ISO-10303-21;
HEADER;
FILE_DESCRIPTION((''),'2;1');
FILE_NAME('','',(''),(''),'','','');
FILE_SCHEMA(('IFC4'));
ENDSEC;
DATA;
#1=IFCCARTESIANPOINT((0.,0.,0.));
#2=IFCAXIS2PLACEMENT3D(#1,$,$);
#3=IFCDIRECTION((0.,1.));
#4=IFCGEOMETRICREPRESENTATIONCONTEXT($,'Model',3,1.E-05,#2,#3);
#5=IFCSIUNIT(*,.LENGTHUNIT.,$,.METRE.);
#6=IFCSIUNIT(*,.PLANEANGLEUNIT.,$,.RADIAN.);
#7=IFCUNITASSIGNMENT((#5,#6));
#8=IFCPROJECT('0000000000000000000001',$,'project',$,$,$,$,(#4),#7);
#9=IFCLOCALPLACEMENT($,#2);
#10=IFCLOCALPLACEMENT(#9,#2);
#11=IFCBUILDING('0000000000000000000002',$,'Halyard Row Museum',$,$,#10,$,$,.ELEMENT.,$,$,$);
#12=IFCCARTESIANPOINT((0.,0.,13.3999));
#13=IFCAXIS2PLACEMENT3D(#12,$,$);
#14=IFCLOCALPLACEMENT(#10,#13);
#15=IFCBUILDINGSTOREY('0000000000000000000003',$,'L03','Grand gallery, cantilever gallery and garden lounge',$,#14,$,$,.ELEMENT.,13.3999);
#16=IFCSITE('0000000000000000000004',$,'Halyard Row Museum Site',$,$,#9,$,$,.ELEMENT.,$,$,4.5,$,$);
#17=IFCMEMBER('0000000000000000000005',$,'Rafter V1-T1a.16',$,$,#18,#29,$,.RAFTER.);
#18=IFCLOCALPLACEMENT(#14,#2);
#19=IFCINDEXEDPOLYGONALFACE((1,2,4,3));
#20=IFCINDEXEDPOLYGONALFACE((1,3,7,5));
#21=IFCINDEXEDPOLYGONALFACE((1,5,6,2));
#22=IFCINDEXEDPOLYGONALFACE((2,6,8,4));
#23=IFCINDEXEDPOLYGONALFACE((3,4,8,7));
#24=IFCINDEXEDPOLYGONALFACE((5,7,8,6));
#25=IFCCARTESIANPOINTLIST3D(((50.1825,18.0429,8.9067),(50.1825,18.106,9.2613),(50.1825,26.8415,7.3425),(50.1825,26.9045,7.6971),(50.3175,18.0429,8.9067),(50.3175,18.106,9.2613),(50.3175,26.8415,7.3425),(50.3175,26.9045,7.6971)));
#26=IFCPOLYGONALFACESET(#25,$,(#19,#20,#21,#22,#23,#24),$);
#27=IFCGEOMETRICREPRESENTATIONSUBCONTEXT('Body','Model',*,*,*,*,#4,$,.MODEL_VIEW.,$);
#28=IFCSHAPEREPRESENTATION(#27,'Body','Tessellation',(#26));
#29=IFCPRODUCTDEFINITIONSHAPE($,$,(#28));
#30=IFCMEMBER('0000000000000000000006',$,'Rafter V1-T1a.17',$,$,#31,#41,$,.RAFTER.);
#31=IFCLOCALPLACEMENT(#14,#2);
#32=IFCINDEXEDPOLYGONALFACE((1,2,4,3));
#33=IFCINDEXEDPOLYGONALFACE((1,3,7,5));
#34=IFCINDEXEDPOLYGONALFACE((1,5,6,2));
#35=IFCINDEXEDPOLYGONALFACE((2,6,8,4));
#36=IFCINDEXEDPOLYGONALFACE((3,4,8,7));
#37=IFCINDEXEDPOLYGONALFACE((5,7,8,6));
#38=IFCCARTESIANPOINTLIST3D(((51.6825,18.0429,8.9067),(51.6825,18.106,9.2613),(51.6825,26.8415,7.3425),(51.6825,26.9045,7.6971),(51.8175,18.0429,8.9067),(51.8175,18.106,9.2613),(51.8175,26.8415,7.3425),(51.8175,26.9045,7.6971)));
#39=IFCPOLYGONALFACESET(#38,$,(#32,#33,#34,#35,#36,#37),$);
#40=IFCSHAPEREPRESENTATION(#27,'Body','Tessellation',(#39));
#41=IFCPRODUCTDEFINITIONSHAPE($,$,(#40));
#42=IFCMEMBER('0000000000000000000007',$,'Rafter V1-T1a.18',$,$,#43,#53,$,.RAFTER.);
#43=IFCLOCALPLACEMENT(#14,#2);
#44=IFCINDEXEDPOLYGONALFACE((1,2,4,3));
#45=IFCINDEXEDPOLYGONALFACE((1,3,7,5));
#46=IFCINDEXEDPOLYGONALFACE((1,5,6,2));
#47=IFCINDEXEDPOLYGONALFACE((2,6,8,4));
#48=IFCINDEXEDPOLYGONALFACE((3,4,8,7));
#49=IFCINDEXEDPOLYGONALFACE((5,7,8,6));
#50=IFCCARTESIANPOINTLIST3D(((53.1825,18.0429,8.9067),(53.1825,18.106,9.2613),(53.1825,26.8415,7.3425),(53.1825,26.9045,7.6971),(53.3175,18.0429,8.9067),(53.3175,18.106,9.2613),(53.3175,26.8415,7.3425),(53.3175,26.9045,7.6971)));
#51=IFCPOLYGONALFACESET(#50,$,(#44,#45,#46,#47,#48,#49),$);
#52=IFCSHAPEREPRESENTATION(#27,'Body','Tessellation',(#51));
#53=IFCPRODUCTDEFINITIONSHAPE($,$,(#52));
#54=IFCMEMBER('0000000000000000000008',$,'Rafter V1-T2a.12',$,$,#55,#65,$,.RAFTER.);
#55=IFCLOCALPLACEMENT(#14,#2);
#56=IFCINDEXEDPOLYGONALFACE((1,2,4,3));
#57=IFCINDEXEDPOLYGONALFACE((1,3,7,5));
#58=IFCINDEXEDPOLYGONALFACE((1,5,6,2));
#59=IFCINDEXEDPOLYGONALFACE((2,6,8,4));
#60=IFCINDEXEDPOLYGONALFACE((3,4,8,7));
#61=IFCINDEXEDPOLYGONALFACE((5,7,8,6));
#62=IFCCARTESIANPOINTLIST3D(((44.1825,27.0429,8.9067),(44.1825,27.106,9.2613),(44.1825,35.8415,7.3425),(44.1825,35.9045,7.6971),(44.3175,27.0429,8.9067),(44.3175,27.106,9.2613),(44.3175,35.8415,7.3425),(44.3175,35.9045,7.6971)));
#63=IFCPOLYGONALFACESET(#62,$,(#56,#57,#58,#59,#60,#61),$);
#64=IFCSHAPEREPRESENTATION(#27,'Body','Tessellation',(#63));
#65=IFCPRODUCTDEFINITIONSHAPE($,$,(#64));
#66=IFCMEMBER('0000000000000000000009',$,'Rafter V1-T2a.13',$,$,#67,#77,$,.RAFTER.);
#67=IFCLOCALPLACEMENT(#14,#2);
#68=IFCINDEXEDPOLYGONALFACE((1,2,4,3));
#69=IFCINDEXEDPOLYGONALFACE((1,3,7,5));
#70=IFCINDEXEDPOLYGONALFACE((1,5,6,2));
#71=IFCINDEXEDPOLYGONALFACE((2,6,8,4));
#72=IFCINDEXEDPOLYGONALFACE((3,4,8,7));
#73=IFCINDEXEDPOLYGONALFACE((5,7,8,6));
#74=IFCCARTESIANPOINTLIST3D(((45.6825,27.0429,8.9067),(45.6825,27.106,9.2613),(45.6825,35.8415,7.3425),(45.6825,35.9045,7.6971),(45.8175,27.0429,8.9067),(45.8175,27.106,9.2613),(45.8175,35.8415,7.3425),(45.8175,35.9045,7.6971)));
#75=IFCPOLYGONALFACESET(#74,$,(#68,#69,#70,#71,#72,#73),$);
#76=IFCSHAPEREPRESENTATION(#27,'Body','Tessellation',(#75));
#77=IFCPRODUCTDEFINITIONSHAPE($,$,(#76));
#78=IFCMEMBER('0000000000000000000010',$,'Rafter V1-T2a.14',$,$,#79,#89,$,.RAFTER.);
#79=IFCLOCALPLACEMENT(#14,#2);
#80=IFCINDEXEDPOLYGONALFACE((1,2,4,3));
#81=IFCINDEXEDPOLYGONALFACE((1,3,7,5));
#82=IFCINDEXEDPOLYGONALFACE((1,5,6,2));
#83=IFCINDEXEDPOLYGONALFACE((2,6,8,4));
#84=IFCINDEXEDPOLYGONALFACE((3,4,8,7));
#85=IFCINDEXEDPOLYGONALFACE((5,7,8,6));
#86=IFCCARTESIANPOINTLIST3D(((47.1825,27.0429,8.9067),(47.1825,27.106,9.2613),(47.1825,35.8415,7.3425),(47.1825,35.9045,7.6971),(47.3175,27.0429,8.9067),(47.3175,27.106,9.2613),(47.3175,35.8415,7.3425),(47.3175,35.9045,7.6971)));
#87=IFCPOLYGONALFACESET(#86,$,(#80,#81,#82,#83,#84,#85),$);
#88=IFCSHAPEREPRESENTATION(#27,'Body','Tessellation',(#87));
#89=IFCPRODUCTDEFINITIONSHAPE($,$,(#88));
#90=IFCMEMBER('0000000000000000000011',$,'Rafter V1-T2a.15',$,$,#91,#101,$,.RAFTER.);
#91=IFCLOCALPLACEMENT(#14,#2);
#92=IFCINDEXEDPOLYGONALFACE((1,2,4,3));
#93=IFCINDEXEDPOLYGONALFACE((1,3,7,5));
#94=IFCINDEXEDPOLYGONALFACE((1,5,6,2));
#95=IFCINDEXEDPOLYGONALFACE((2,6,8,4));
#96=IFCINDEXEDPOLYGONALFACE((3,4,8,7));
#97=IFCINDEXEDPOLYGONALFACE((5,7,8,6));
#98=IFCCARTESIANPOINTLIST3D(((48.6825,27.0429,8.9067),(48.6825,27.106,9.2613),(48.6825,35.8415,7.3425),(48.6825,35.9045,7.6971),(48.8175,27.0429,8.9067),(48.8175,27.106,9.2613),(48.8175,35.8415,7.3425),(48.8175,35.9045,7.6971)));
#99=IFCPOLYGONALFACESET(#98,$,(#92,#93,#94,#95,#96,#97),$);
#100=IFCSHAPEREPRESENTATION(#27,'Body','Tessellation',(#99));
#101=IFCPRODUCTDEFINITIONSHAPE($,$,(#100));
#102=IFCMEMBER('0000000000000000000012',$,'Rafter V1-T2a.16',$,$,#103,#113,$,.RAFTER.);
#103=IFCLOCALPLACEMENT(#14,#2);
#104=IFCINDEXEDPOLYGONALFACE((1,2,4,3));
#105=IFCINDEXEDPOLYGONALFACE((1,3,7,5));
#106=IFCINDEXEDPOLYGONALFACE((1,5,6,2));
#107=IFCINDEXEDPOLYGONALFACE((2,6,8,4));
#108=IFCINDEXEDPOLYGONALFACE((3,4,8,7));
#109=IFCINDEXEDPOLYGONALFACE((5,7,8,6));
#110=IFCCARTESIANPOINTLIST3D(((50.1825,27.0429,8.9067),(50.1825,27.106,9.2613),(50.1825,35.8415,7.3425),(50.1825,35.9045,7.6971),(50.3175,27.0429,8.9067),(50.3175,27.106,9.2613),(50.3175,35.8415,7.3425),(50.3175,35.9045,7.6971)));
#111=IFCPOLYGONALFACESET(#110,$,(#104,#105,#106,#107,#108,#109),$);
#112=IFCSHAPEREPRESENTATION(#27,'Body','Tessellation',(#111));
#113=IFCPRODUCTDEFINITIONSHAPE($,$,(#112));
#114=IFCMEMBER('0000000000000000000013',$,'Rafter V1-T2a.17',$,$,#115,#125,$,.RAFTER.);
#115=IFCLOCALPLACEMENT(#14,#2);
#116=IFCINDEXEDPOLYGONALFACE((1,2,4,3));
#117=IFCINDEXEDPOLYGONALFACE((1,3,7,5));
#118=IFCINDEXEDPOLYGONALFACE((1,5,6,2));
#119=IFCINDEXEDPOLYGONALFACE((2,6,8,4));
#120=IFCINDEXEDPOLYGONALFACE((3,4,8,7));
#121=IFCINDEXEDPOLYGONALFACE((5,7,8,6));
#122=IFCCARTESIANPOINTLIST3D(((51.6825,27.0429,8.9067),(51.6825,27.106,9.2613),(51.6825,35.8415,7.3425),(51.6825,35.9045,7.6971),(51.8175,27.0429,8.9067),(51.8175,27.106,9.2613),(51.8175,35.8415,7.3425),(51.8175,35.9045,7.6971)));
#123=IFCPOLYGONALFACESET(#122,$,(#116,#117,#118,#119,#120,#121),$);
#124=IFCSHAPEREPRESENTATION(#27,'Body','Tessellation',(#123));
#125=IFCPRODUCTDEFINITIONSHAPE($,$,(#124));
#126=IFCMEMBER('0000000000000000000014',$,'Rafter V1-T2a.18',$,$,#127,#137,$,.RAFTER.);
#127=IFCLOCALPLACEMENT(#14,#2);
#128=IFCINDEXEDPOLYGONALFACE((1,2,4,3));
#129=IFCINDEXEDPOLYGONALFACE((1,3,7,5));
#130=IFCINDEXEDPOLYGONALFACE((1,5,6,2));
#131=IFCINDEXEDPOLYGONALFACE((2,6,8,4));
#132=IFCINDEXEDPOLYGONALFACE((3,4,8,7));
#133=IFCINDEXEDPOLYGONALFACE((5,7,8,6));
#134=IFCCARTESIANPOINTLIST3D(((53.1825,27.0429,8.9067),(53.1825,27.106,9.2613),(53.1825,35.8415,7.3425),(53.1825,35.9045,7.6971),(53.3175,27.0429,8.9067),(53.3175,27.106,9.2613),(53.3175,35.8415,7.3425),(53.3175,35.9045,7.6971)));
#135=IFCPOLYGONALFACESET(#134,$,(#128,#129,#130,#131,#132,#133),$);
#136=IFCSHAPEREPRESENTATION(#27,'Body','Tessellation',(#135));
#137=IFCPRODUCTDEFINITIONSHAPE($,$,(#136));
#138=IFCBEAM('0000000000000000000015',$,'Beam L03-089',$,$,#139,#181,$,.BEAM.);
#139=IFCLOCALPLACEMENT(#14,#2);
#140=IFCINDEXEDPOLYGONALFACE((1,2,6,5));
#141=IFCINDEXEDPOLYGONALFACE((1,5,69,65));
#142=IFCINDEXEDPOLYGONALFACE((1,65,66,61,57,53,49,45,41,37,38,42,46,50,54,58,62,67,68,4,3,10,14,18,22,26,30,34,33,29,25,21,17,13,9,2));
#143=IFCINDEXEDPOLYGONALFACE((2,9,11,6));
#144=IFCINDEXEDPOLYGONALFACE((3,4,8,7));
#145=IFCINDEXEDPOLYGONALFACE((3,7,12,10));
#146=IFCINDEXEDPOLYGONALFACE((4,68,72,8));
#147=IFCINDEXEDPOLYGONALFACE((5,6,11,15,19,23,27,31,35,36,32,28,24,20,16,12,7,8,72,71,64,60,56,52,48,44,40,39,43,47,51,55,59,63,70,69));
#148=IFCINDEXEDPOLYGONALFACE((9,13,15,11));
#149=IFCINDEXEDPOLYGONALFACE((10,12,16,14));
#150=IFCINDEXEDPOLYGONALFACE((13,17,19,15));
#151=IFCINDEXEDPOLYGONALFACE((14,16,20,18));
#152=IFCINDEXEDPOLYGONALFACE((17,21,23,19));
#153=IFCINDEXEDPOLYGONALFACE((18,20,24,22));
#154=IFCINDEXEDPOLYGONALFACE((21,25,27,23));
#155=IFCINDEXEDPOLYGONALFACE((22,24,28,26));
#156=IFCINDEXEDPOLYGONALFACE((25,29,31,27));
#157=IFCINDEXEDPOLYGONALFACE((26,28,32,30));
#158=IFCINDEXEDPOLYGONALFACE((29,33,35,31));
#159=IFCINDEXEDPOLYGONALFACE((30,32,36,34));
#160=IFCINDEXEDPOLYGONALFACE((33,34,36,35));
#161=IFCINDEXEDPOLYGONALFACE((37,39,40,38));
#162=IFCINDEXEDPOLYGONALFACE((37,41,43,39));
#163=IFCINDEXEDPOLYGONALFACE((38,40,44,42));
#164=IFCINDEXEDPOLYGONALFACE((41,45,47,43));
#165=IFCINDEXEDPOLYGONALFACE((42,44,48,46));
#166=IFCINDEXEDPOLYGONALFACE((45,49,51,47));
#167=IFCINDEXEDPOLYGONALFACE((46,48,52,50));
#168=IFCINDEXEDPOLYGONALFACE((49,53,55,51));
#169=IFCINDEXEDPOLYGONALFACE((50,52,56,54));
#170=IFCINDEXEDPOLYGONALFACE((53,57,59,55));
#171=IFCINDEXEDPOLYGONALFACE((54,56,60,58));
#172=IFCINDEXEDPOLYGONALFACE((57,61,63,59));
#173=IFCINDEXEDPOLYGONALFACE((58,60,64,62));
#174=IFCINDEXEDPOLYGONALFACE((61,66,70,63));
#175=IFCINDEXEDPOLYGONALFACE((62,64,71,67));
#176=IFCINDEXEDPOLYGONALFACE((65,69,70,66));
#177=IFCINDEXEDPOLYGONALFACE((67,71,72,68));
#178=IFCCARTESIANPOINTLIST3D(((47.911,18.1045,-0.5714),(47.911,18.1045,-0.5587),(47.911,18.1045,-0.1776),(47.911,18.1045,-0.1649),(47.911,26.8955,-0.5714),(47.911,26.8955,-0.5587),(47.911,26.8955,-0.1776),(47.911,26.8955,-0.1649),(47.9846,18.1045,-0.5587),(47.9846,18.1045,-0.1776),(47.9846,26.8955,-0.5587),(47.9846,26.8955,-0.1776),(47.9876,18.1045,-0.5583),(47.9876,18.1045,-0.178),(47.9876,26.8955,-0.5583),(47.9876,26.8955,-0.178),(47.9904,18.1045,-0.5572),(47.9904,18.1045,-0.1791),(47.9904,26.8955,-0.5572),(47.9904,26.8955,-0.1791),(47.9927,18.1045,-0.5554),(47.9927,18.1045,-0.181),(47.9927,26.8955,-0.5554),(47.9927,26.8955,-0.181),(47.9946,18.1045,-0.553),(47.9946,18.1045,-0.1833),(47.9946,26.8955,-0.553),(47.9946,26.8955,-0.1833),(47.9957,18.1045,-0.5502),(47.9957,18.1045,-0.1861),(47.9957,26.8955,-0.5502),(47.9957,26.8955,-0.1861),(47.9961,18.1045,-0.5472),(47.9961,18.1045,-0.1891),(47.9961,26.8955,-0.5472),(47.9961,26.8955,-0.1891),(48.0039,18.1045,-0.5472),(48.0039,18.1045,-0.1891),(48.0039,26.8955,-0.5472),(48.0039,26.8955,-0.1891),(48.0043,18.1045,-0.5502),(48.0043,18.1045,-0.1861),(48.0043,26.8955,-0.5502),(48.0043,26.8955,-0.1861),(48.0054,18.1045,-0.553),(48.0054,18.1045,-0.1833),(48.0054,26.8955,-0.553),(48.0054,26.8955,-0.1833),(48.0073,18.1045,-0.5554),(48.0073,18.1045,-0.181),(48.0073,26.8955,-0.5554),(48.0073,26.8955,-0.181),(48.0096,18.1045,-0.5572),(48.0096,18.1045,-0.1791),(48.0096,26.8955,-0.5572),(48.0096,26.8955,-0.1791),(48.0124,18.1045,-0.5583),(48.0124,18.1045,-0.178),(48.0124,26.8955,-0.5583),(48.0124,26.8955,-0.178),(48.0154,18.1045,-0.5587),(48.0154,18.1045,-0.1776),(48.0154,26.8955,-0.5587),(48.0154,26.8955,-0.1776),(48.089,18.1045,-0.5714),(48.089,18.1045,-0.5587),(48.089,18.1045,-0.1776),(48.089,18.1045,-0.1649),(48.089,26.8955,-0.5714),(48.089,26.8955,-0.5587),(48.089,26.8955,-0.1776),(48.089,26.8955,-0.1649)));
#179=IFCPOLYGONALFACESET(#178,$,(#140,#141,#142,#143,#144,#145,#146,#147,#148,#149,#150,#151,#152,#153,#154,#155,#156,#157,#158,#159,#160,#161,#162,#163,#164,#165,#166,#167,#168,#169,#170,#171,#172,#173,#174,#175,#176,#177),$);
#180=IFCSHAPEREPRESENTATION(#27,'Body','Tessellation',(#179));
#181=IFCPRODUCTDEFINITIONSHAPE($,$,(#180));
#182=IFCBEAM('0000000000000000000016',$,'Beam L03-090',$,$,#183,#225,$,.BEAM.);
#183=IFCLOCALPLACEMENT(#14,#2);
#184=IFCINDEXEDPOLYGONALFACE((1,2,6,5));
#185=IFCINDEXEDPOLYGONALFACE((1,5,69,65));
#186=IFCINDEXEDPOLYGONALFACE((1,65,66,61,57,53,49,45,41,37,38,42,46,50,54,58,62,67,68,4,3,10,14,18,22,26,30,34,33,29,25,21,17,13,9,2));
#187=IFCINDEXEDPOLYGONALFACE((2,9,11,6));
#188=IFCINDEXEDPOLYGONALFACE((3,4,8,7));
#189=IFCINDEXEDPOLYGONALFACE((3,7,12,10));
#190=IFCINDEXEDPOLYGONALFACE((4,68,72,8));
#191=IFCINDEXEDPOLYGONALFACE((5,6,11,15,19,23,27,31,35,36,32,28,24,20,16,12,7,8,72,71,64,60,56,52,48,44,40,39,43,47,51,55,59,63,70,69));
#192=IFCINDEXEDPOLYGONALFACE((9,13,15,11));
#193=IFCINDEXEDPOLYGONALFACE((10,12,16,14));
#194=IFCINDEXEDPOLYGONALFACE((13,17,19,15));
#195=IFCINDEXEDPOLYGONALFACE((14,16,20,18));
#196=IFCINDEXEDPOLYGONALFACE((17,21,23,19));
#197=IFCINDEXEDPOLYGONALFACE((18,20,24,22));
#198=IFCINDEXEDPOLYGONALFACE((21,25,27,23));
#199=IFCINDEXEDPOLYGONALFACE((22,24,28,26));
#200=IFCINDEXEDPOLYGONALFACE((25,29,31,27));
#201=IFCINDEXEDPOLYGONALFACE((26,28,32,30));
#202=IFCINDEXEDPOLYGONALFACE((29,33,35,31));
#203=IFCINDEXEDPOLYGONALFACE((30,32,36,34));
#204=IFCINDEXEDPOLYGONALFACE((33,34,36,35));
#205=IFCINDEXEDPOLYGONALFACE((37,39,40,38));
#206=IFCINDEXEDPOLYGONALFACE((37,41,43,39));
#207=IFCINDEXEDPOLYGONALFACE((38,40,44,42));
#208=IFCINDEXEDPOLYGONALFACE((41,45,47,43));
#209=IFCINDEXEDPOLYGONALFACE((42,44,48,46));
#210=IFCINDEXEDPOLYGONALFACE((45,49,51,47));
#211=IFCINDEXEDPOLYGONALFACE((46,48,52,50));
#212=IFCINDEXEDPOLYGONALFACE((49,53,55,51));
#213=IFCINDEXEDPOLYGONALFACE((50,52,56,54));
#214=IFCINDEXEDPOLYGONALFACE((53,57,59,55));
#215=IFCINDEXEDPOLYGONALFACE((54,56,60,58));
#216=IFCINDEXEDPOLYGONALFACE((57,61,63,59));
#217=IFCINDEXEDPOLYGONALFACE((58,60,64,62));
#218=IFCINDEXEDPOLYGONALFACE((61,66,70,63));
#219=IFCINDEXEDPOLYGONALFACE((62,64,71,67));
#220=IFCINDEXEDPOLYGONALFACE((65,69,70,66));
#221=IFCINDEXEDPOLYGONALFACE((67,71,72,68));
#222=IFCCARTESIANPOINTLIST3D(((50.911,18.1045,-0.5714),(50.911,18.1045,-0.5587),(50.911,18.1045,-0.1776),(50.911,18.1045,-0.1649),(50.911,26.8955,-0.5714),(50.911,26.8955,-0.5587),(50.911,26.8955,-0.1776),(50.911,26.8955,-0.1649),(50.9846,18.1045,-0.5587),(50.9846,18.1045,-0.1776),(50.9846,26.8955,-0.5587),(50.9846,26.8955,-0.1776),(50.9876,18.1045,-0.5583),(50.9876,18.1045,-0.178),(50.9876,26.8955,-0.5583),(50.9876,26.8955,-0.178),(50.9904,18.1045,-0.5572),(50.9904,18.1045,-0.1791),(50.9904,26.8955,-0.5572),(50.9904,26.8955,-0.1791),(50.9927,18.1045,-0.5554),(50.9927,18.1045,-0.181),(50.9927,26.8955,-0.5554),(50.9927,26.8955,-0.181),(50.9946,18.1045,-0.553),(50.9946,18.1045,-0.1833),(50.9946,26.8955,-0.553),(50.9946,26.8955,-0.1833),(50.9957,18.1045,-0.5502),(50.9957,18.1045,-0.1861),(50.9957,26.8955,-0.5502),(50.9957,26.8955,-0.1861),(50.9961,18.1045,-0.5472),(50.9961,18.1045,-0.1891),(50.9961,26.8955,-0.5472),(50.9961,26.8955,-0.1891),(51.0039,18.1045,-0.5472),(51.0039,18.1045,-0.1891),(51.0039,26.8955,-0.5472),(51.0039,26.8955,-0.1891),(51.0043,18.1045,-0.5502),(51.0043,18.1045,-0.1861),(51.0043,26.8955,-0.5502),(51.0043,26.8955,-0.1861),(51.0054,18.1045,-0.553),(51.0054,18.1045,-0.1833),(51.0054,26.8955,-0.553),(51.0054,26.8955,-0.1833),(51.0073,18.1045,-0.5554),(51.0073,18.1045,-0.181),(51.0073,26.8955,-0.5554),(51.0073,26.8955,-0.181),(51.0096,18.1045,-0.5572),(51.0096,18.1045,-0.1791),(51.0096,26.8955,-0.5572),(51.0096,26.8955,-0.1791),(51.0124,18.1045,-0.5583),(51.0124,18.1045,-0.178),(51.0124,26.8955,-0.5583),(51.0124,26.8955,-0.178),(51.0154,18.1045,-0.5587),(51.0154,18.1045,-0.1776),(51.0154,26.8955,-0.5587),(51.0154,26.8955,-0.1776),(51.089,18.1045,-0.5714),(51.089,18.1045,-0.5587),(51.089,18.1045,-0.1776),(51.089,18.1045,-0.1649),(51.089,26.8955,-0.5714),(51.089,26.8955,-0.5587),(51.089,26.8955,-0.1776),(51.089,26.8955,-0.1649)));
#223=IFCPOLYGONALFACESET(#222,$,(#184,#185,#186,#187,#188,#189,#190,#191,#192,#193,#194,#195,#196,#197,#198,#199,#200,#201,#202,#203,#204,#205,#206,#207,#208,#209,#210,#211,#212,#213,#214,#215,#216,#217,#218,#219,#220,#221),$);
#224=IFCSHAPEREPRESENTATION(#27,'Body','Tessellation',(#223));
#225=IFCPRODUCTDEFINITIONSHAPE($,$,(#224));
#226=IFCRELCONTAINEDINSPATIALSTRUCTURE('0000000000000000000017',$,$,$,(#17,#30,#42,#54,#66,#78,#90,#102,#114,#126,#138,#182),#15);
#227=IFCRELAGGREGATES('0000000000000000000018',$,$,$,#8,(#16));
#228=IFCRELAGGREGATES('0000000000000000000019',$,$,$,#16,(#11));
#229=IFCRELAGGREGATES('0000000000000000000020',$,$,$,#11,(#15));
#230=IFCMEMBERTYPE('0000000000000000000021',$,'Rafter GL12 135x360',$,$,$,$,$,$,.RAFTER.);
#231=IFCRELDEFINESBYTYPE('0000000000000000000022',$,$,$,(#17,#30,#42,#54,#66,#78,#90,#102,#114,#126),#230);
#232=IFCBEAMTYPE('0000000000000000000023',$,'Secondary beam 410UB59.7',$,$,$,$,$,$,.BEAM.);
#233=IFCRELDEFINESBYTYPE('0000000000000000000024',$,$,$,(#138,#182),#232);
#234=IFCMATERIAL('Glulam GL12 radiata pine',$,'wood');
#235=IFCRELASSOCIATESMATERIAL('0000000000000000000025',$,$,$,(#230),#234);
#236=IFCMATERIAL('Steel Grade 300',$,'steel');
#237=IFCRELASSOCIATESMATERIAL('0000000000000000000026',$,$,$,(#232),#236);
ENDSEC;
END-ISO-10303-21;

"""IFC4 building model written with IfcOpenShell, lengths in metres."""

from ifc_helpers import new_model, si_unit, direction, frame, origin, origin_2d, place, context, subcontext, project, spatial, rectangle, i_section, extrude, material, material_profile, profile_set, type_object, element, save


model = new_model("IFC4")

# Units and contexts
model_context = context("Model", 3, precision=1e-05, world=origin(), true_north=direction((0.0, 1.0)))
body_context = subcontext(model_context, "Body", "Model", "MODEL_VIEW")
ifc_project = project(units=[si_unit("LENGTHUNIT", "METRE"), si_unit("PLANEANGLEUNIT", "RADIAN")], contexts=[model_context])

# Site, building, storey
site_placement = place(None, origin())
site = spatial("IfcSite", under=ifc_project, at=site_placement, Name="Halyard Row Museum Site", CompositionType="ELEMENT", RefElevation=4.5)
building_placement = place(site_placement, origin())
building = spatial("IfcBuilding", under=site, at=building_placement, Name="Halyard Row Museum", CompositionType="ELEMENT")
storey_placement = place(building_placement, frame((0.0, 0.0, 13.3999)))
storey = spatial("IfcBuildingStorey", under=building, at=storey_placement, Name="L03", Description="Grand gallery, cantilever gallery and garden lounge", CompositionType="ELEMENT", Elevation=13.3999)

# Members
ifc_material_1 = material(Name="Glulam GL12 radiata pine", Category="wood")
ifc_material_profile_1 = material_profile(ifc_material_1, rectangle(XDim=0.135, YDim=0.3601, at=origin_2d()), Name="GL12 135x360")
ifc_profile_set_1 = profile_set([ifc_material_profile_1], Name="Glulam GL12 radiata pine")
member_type_1 = type_object("IfcMemberType", Name="Rafter GL12 135x360", PredefinedType="RAFTER", material=ifc_profile_set_1)
for number, where, z_axis, x_axis, name in (
    (1, (50.25, 18.0745, 9.084), (0.0, 0.984562, -0.175035), (-1.0, 0.0, 0.0), "Rafter V1-T1a.16"),
    (2, (51.75, 18.0745, 9.084), (0.0, 0.984562, -0.175035), (-1.0, 0.0, 0.0), "Rafter V1-T1a.17"),
    (3, (53.25, 18.0745, 9.084), (0.0, 0.984562, -0.175035), (-1.0, 0.0, 0.0), "Rafter V1-T1a.18"),
    (4, (44.25, 27.0745, 9.084), (0.0, 0.984562, -0.175035), (-1.0, 0.0, 0.0), "Rafter V1-T2a.12"),
    (5, (45.75, 27.0745, 9.084), (0.0, 0.984562, -0.175035), (-1.0, 0.0, 0.0), "Rafter V1-T2a.13"),
    (6, (47.25, 27.0745, 9.084), (0.0, 0.984562, -0.175035), (-1.0, 0.0, 0.0), "Rafter V1-T2a.14"),
    (7, (48.75, 27.0745, 9.084), (0.0, 0.984562, -0.175035), (-1.0, 0.0, 0.0), "Rafter V1-T2a.15"),
    (8, (50.25, 27.0745, 9.084), (0.0, 0.984562, -0.175035), (-1.0, 0.0, 0.0), "Rafter V1-T2a.16"),
    (9, (51.75, 27.0745, 9.084), (0.0, 0.984562, -0.175035), (-1.0, 0.0, 0.0), "Rafter V1-T2a.17"),
    (10, (53.25, 27.0745, 9.084), (0.0, 0.984562, -0.175035), (-1.0, 0.0, 0.0), "Rafter V1-T2a.18"),
):
    element("IfcMember", number, at=place(storey_placement, frame(where, z_axis=z_axis, x_axis=x_axis)), inside=storey, type_object=member_type_1, Name=name, PredefinedType="RAFTER", context=body_context, shape_type="SweptSolid", body=[
        extrude(rectangle(XDim=0.135, YDim=0.3601, at=origin_2d()), origin(), (0.0, 0.0, 1.0), 8.9365),
    ])

# Beams
ifc_material_2 = material(Name="Steel Grade 300", Category="steel")
ifc_material_profile_2 = material_profile(ifc_material_2, i_section(OverallWidth=0.178, OverallDepth=0.4065, WebThickness=0.0078, FlangeThickness=0.0127, FilletRadius=0.0115, at=origin_2d()), Name="410UB59.7")
ifc_profile_set_2 = profile_set([ifc_material_profile_2], Name="Steel Grade 300")
beam_type_1 = type_object("IfcBeamType", Name="Secondary beam 410UB59.7", PredefinedType="BEAM", material=ifc_profile_set_2)
for number, where, z_axis, x_axis, name in (
    (11, (48.0, 18.1045, -0.3682), (0.0, 1.0, 0.0), (-1.0, 0.0, 0.0), "Beam L03-089"),
    (12, (51.0, 18.1045, -0.3682), (0.0, 1.0, 0.0), (-1.0, 0.0, 0.0), "Beam L03-090"),
):
    element("IfcBeam", number, at=place(storey_placement, frame(where, z_axis=z_axis, x_axis=x_axis)), inside=storey, type_object=beam_type_1, Name=name, PredefinedType="BEAM", context=body_context, shape_type="SweptSolid", body=[
        extrude(i_section(OverallWidth=0.178, OverallDepth=0.4065, WebThickness=0.0078, FlangeThickness=0.0127, FilletRadius=0.0115, at=origin_2d()), origin(), (0.0, 0.0, 1.0), 8.791),
    ])

save(model, "model.ifc")
